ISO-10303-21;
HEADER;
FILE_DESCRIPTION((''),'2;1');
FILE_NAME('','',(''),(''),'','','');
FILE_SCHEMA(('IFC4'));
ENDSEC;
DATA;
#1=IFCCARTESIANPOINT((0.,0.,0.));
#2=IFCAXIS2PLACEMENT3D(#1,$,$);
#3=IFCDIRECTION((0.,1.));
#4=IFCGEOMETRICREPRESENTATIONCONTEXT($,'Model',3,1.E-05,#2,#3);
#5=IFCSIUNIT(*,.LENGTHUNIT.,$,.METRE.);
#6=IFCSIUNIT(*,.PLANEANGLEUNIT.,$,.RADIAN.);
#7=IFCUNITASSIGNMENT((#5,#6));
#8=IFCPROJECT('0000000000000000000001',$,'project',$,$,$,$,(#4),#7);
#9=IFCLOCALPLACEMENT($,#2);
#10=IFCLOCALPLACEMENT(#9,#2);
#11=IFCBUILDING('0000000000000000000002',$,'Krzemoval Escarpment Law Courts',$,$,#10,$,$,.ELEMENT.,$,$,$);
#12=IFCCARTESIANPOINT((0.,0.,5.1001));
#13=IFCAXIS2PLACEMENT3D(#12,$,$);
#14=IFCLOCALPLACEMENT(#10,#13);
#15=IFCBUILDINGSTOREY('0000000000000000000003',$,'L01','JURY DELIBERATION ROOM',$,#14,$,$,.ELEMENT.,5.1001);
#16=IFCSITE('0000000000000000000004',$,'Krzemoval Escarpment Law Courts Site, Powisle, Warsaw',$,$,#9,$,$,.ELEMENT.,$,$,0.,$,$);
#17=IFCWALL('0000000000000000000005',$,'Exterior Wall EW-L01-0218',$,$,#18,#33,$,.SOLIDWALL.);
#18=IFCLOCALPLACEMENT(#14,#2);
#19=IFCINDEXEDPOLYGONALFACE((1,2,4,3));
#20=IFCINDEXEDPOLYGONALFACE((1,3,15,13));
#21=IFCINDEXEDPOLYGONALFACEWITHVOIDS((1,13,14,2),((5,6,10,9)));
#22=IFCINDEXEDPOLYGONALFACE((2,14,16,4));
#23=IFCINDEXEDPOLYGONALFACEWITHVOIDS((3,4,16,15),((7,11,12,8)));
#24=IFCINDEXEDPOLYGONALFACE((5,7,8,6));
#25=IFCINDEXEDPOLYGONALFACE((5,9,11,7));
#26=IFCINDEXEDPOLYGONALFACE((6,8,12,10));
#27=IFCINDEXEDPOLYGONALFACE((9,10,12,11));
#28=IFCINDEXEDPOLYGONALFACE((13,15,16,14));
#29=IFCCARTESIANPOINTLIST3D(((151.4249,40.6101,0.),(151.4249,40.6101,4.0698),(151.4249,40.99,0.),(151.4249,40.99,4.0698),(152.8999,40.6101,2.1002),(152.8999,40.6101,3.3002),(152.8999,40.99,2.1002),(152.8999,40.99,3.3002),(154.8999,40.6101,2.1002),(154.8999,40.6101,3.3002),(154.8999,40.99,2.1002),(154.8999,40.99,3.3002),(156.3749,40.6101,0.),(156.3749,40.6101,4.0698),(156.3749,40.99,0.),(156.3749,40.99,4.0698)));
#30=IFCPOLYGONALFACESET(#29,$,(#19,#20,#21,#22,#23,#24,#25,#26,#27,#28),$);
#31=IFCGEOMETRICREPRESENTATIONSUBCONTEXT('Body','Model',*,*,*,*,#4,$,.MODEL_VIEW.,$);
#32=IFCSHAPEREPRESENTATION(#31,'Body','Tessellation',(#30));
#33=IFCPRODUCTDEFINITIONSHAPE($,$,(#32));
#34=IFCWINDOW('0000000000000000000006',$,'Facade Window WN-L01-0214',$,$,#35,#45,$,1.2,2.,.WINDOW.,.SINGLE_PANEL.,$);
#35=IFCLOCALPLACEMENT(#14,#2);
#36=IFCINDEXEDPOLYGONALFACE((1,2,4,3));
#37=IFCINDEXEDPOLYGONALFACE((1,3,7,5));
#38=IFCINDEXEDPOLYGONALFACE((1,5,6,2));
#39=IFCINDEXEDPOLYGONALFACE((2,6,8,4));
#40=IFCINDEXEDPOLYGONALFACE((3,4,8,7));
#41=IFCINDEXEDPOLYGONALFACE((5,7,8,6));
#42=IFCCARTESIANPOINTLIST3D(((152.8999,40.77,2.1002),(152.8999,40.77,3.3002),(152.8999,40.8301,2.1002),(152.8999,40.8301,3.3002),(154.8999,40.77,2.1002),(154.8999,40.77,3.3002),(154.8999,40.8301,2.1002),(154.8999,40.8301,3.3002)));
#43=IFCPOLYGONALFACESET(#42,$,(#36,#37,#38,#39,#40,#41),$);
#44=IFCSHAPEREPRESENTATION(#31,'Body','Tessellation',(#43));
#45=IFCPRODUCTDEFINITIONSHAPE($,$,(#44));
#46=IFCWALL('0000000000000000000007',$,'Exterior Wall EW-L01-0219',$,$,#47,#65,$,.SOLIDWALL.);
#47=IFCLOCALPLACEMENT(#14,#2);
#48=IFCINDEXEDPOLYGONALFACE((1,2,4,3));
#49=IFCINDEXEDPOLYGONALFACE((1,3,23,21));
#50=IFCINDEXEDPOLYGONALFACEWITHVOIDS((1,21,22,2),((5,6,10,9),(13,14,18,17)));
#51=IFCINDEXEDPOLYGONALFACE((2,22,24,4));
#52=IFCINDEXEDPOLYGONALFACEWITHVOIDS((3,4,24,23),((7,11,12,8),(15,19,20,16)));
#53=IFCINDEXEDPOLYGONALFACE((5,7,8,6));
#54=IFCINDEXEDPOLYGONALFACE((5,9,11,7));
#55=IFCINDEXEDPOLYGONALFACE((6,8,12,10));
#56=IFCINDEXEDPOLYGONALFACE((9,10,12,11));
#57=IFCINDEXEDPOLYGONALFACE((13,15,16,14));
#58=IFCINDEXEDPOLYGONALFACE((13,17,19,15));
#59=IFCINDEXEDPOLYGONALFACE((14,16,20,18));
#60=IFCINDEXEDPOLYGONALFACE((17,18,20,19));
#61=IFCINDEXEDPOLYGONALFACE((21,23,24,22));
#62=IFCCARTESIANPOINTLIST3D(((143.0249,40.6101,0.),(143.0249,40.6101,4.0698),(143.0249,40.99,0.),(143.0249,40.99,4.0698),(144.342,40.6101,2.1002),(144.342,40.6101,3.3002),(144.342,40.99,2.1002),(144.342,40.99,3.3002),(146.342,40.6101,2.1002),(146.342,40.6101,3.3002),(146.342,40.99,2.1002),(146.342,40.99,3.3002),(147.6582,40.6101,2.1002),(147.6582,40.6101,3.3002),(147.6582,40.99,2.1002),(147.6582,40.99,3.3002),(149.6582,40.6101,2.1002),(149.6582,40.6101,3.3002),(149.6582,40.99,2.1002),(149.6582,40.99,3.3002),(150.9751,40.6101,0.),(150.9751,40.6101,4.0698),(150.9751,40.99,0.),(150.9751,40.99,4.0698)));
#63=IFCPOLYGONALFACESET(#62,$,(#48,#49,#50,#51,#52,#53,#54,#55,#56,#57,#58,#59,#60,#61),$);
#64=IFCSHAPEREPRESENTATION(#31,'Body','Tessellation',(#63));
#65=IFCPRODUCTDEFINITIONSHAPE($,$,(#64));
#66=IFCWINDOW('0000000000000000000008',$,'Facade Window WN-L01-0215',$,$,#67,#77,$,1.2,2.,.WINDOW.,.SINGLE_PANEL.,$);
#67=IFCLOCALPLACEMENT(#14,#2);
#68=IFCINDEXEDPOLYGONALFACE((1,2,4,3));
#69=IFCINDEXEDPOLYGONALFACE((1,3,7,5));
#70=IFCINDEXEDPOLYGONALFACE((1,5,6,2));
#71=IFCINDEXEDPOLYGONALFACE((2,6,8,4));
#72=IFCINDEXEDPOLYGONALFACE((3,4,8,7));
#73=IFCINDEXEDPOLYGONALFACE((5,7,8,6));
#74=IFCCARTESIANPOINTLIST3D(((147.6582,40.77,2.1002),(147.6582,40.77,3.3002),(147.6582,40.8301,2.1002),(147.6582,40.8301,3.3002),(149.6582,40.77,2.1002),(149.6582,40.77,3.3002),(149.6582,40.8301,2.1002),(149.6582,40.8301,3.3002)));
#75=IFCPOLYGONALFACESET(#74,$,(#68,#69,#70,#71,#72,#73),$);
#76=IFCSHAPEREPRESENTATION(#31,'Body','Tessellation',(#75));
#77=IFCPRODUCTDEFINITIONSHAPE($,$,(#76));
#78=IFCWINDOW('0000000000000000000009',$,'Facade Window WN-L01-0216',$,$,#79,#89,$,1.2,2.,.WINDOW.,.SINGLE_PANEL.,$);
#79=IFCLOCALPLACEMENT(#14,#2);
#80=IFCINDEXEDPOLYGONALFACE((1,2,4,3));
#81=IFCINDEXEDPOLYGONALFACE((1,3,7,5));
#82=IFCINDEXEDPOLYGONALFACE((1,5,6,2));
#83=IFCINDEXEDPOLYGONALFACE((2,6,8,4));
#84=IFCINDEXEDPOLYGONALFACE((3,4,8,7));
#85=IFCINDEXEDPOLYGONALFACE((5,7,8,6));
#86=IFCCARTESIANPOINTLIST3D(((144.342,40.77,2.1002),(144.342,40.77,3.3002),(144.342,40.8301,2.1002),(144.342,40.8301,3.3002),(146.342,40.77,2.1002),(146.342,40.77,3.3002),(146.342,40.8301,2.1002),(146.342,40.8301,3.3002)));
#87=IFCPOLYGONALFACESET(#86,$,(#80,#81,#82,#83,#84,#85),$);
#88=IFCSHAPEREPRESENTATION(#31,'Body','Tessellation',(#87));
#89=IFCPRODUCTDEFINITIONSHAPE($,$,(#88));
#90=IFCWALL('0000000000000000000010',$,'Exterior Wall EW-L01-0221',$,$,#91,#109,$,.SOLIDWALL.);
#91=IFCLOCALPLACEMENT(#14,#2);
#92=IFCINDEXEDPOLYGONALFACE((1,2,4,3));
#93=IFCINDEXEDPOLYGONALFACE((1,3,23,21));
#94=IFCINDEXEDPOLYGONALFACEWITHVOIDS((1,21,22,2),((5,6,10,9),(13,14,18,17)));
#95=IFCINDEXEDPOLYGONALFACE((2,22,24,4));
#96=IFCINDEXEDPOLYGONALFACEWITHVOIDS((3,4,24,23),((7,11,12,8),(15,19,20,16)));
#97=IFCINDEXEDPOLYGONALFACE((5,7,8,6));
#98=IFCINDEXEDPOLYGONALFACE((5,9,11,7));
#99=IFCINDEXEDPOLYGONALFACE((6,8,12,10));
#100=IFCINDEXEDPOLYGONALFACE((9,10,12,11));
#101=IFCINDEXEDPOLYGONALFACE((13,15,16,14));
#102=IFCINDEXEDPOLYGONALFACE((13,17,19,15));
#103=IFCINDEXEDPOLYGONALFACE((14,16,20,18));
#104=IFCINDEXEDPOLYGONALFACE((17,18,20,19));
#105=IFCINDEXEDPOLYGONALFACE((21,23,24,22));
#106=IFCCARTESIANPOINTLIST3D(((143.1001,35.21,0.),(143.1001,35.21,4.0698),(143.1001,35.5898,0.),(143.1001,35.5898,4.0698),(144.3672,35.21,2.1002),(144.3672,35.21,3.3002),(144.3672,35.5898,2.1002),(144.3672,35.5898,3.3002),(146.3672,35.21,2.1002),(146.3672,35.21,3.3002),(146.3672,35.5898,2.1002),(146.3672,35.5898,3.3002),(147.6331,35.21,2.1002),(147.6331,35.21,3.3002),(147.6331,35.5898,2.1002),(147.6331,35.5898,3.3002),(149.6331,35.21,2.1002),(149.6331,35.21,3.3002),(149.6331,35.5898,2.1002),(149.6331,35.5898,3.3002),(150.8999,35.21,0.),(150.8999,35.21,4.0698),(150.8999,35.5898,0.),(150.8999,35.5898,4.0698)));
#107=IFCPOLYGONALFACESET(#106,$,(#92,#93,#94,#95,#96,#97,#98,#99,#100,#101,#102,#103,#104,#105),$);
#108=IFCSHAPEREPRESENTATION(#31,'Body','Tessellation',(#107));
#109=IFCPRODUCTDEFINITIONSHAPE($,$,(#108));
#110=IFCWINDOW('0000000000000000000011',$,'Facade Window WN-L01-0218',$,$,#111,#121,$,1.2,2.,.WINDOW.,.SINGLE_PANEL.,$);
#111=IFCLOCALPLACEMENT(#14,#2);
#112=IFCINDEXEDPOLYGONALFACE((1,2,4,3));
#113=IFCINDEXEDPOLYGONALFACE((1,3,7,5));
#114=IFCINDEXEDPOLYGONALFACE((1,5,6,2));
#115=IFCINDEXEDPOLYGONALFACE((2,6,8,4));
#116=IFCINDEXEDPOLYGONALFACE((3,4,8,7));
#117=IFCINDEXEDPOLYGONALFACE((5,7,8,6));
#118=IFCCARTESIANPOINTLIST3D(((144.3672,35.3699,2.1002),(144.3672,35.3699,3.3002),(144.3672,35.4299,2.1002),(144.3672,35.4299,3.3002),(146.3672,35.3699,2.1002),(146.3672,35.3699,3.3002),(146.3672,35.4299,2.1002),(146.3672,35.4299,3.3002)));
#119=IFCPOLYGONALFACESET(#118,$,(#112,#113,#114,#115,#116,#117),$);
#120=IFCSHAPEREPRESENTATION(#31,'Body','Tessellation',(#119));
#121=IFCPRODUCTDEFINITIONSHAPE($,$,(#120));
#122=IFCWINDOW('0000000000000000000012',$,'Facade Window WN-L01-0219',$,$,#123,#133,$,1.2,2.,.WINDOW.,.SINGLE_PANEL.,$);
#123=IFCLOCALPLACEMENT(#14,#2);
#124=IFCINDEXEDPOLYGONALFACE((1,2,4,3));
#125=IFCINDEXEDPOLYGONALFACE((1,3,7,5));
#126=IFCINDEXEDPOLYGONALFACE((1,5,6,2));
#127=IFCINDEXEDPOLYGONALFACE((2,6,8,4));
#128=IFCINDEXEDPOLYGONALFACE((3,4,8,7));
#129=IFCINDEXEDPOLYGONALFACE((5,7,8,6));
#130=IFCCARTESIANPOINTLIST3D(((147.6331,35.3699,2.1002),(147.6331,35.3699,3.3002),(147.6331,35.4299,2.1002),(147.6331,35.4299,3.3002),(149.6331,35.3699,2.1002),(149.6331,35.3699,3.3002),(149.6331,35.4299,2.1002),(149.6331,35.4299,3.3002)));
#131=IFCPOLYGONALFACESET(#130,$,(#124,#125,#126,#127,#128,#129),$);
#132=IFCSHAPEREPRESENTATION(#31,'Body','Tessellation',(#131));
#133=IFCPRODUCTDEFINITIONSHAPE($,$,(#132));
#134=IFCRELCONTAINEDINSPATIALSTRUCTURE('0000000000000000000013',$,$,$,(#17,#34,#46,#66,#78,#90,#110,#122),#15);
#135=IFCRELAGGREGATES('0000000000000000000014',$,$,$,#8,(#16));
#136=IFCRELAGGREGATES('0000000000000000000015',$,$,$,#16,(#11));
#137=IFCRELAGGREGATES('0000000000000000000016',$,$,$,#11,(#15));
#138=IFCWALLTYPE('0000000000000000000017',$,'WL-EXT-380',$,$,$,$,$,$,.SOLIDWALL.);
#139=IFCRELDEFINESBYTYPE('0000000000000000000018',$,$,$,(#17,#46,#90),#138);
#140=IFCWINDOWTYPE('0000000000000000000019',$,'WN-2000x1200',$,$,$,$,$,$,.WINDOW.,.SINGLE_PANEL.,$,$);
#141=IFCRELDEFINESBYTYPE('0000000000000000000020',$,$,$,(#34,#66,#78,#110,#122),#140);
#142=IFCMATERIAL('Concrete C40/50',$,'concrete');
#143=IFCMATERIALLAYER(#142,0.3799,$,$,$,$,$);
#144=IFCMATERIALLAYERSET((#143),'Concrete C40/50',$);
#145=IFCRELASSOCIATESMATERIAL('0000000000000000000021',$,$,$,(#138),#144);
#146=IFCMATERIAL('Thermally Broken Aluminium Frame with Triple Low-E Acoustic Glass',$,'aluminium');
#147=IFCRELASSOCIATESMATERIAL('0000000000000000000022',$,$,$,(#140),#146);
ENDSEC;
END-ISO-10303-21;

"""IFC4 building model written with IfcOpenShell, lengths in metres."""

from ifc_helpers import new_model, si_unit, direction, frame, frame_2d, origin, place, context, subcontext, project, spatial, rectangle, extrude, material, layer, layer_set, type_object, element, fill, save


model = new_model("IFC4")

# Units and contexts
model_context = context("Model", 3, precision=1e-05, world=origin(), true_north=direction((0.0, 1.0)))
body_context = subcontext(model_context, "Body", "Model", "MODEL_VIEW")
ifc_project = project(units=[si_unit("LENGTHUNIT", "METRE"), si_unit("PLANEANGLEUNIT", "RADIAN")], contexts=[model_context])

# Site, building, storey
site_placement = place(None, origin())
site = spatial("IfcSite", under=ifc_project, at=site_placement, Name="Krzemoval Escarpment Law Courts Site, Powisle, Warsaw", CompositionType="ELEMENT", RefElevation=0.0)
building_placement = place(site_placement, origin())
building = spatial("IfcBuilding", under=site, at=building_placement, Name="Krzemoval Escarpment Law Courts", CompositionType="ELEMENT")
storey_placement = place(building_placement, frame((0.0, 0.0, 5.1001)))
storey = spatial("IfcBuildingStorey", under=building, at=storey_placement, Name="L01", Description="JURY DELIBERATION ROOM", CompositionType="ELEMENT", Elevation=5.1001)

# Wall, opening, window
ifc_material_1 = material(Name="Concrete C40/50", Category="concrete")
ifc_layer = layer(ifc_material_1, 0.3799)
ifc_layer_set = layer_set([ifc_layer], Name="Concrete C40/50")
wall_type = type_object("IfcWallType", Name="WL-EXT-380", PredefinedType="SOLIDWALL", material=ifc_layer_set)
wall_1_placement = place(storey_placement, frame((156.375, 40.8, 0.0), z_axis=(0.0, 0.0, 1.0), x_axis=(-1.0, 0.0, 0.0)))
wall_1 = element("IfcWall", 1, at=wall_1_placement, inside=storey, type_object=wall_type, Name="Exterior Wall EW-L01-0218", PredefinedType="SOLIDWALL", context=body_context, shape_type="SweptSolid", body=[
    extrude(rectangle(XDim=4.95, YDim=0.3799, at=frame_2d((2.4751, 0.0))), origin(), (0.0, 0.0, 1.0), 4.0698),
])
opening_1_placement = place(wall_1_placement, frame((1.4751, 0.0, 2.1001)))
opening_1 = element("IfcOpeningElement", 2, at=opening_1_placement, cuts=wall_1, PredefinedType="OPENING", context=body_context, shape_type="SweptSolid", body=[
    extrude(rectangle(XDim=2.0, YDim=1.2, at=frame_2d((1.0, 0.6001))), frame((0.0, 0.2049, 0.0), z_axis=(0.0, -1.0, 0.0), x_axis=(1.0, 0.0, 0.0)), (0.0, 0.0, 1.0), 0.4099),
])
ifc_material_2 = material(Name="Thermally Broken Aluminium Frame with Triple Low-E Acoustic Glass", Category="aluminium")
window_type = type_object("IfcWindowType", Name="WN-2000x1200", PartitioningType="SINGLE_PANEL", PredefinedType="WINDOW", material=ifc_material_2)
window_1_placement = place(opening_1_placement, origin())
window_1 = element("IfcWindow", 3, at=window_1_placement, inside=storey, type_object=window_type, Name="Facade Window WN-L01-0214", OverallHeight=1.2, OverallWidth=2.0, PartitioningType="SINGLE_PANEL", PredefinedType="WINDOW", context=body_context, shape_type="SweptSolid", body=[
    extrude(rectangle(XDim=2.0, YDim=1.2, at=frame_2d((1.0, 0.6001))), frame((0.0, 0.03, 0.0), z_axis=(0.0, -1.0, 0.0), x_axis=(1.0, 0.0, 0.0)), (0.0, 0.0, 1.0), 0.0601),
])
fill(opening_1, window_1)

# Walls, openings, windows
wall_2_placement = place(storey_placement, frame((150.9751, 40.8, 0.0), z_axis=(0.0, 0.0, 1.0), x_axis=(-1.0, 0.0, 0.0)))
wall_2 = element("IfcWall", 4, at=wall_2_placement, inside=storey, type_object=wall_type, Name="Exterior Wall EW-L01-0219", PredefinedType="SOLIDWALL", context=body_context, shape_type="SweptSolid", body=[
    extrude(rectangle(XDim=7.9502, YDim=0.3799, at=frame_2d((3.9751, 0.0))), origin(), (0.0, 0.0, 1.0), 4.0698),
])
opening_2_placement = place(wall_2_placement, frame((1.3169, 0.0, 2.1001)))
opening_2 = element("IfcOpeningElement", 5, at=opening_2_placement, cuts=wall_2, PredefinedType="OPENING", context=body_context, shape_type="SweptSolid", body=[
    extrude(rectangle(XDim=2.0, YDim=1.2, at=frame_2d((1.0, 0.6001))), frame((0.0, 0.2049, 0.0), z_axis=(0.0, -1.0, 0.0), x_axis=(1.0, 0.0, 0.0)), (0.0, 0.0, 1.0), 0.4099),
])
opening_3_placement = place(wall_2_placement, frame((4.6331, 0.0, 2.1001)))
opening_3 = element("IfcOpeningElement", 6, at=opening_3_placement, cuts=wall_2, PredefinedType="OPENING", context=body_context, shape_type="SweptSolid", body=[
    extrude(rectangle(XDim=2.0, YDim=1.2, at=frame_2d((1.0, 0.6001))), frame((0.0, 0.2049, 0.0), z_axis=(0.0, -1.0, 0.0), x_axis=(1.0, 0.0, 0.0)), (0.0, 0.0, 1.0), 0.4099),
])
window_2_placement = place(opening_2_placement, origin())
window_2 = element("IfcWindow", 7, at=window_2_placement, inside=storey, type_object=window_type, Name="Facade Window WN-L01-0215", OverallHeight=1.2, OverallWidth=2.0, PartitioningType="SINGLE_PANEL", PredefinedType="WINDOW", context=body_context, shape_type="SweptSolid", body=[
    extrude(rectangle(XDim=2.0, YDim=1.2, at=frame_2d((1.0, 0.6001))), frame((0.0, 0.03, 0.0), z_axis=(0.0, -1.0, 0.0), x_axis=(1.0, 0.0, 0.0)), (0.0, 0.0, 1.0), 0.0601),
])
fill(opening_2, window_2)
window_3_placement = place(opening_3_placement, origin())
window_3 = element("IfcWindow", 8, at=window_3_placement, inside=storey, type_object=window_type, Name="Facade Window WN-L01-0216", OverallHeight=1.2, OverallWidth=2.0, PartitioningType="SINGLE_PANEL", PredefinedType="WINDOW", context=body_context, shape_type="SweptSolid", body=[
    extrude(rectangle(XDim=2.0, YDim=1.2, at=frame_2d((1.0, 0.6001))), frame((0.0, 0.03, 0.0), z_axis=(0.0, -1.0, 0.0), x_axis=(1.0, 0.0, 0.0)), (0.0, 0.0, 1.0), 0.0601),
])
fill(opening_3, window_3)
wall_3_placement = place(storey_placement, frame((143.1001, 35.3999, 0.0), z_axis=(0.0, 0.0, 1.0), x_axis=(1.0, 0.0, 0.0)))
wall_3 = element("IfcWall", 9, at=wall_3_placement, inside=storey, type_object=wall_type, Name="Exterior Wall EW-L01-0221", PredefinedType="SOLIDWALL", context=body_context, shape_type="SweptSolid", body=[
    extrude(rectangle(XDim=7.7998, YDim=0.3799, at=frame_2d((3.8999, 0.0))), origin(), (0.0, 0.0, 1.0), 4.0698),
])
opening_4_placement = place(wall_3_placement, frame((1.2671, 0.0, 2.1001)))
opening_4 = element("IfcOpeningElement", 10, at=opening_4_placement, cuts=wall_3, PredefinedType="OPENING", context=body_context, shape_type="SweptSolid", body=[
    extrude(rectangle(XDim=2.0, YDim=1.2, at=frame_2d((1.0, 0.6001))), frame((0.0, 0.2049, 0.0), z_axis=(0.0, -1.0, 0.0), x_axis=(1.0, 0.0, 0.0)), (0.0, 0.0, 1.0), 0.4099),
])
opening_5_placement = place(wall_3_placement, frame((4.533, 0.0, 2.1001)))
opening_5 = element("IfcOpeningElement", 11, at=opening_5_placement, cuts=wall_3, PredefinedType="OPENING", context=body_context, shape_type="SweptSolid", body=[
    extrude(rectangle(XDim=2.0, YDim=1.2, at=frame_2d((1.0, 0.6001))), frame((0.0, 0.2049, 0.0), z_axis=(0.0, -1.0, 0.0), x_axis=(1.0, 0.0, 0.0)), (0.0, 0.0, 1.0), 0.4099),
])
window_4_placement = place(opening_4_placement, origin())
window_4 = element("IfcWindow", 12, at=window_4_placement, inside=storey, type_object=window_type, Name="Facade Window WN-L01-0218", OverallHeight=1.2, OverallWidth=2.0, PartitioningType="SINGLE_PANEL", PredefinedType="WINDOW", context=body_context, shape_type="SweptSolid", body=[
    extrude(rectangle(XDim=2.0, YDim=1.2, at=frame_2d((1.0, 0.6001))), frame((0.0, 0.03, 0.0), z_axis=(0.0, -1.0, 0.0), x_axis=(1.0, 0.0, 0.0)), (0.0, 0.0, 1.0), 0.0601),
])
fill(opening_4, window_4)
window_5_placement = place(opening_5_placement, origin())
window_5 = element("IfcWindow", 13, at=window_5_placement, inside=storey, type_object=window_type, Name="Facade Window WN-L01-0219", OverallHeight=1.2, OverallWidth=2.0, PartitioningType="SINGLE_PANEL", PredefinedType="WINDOW", context=body_context, shape_type="SweptSolid", body=[
    extrude(rectangle(XDim=2.0, YDim=1.2, at=frame_2d((1.0, 0.6001))), frame((0.0, 0.03, 0.0), z_axis=(0.0, -1.0, 0.0), x_axis=(1.0, 0.0, 0.0)), (0.0, 0.0, 1.0), 0.0601),
])
fill(opening_5, window_5)

save(model, "model.ifc")
